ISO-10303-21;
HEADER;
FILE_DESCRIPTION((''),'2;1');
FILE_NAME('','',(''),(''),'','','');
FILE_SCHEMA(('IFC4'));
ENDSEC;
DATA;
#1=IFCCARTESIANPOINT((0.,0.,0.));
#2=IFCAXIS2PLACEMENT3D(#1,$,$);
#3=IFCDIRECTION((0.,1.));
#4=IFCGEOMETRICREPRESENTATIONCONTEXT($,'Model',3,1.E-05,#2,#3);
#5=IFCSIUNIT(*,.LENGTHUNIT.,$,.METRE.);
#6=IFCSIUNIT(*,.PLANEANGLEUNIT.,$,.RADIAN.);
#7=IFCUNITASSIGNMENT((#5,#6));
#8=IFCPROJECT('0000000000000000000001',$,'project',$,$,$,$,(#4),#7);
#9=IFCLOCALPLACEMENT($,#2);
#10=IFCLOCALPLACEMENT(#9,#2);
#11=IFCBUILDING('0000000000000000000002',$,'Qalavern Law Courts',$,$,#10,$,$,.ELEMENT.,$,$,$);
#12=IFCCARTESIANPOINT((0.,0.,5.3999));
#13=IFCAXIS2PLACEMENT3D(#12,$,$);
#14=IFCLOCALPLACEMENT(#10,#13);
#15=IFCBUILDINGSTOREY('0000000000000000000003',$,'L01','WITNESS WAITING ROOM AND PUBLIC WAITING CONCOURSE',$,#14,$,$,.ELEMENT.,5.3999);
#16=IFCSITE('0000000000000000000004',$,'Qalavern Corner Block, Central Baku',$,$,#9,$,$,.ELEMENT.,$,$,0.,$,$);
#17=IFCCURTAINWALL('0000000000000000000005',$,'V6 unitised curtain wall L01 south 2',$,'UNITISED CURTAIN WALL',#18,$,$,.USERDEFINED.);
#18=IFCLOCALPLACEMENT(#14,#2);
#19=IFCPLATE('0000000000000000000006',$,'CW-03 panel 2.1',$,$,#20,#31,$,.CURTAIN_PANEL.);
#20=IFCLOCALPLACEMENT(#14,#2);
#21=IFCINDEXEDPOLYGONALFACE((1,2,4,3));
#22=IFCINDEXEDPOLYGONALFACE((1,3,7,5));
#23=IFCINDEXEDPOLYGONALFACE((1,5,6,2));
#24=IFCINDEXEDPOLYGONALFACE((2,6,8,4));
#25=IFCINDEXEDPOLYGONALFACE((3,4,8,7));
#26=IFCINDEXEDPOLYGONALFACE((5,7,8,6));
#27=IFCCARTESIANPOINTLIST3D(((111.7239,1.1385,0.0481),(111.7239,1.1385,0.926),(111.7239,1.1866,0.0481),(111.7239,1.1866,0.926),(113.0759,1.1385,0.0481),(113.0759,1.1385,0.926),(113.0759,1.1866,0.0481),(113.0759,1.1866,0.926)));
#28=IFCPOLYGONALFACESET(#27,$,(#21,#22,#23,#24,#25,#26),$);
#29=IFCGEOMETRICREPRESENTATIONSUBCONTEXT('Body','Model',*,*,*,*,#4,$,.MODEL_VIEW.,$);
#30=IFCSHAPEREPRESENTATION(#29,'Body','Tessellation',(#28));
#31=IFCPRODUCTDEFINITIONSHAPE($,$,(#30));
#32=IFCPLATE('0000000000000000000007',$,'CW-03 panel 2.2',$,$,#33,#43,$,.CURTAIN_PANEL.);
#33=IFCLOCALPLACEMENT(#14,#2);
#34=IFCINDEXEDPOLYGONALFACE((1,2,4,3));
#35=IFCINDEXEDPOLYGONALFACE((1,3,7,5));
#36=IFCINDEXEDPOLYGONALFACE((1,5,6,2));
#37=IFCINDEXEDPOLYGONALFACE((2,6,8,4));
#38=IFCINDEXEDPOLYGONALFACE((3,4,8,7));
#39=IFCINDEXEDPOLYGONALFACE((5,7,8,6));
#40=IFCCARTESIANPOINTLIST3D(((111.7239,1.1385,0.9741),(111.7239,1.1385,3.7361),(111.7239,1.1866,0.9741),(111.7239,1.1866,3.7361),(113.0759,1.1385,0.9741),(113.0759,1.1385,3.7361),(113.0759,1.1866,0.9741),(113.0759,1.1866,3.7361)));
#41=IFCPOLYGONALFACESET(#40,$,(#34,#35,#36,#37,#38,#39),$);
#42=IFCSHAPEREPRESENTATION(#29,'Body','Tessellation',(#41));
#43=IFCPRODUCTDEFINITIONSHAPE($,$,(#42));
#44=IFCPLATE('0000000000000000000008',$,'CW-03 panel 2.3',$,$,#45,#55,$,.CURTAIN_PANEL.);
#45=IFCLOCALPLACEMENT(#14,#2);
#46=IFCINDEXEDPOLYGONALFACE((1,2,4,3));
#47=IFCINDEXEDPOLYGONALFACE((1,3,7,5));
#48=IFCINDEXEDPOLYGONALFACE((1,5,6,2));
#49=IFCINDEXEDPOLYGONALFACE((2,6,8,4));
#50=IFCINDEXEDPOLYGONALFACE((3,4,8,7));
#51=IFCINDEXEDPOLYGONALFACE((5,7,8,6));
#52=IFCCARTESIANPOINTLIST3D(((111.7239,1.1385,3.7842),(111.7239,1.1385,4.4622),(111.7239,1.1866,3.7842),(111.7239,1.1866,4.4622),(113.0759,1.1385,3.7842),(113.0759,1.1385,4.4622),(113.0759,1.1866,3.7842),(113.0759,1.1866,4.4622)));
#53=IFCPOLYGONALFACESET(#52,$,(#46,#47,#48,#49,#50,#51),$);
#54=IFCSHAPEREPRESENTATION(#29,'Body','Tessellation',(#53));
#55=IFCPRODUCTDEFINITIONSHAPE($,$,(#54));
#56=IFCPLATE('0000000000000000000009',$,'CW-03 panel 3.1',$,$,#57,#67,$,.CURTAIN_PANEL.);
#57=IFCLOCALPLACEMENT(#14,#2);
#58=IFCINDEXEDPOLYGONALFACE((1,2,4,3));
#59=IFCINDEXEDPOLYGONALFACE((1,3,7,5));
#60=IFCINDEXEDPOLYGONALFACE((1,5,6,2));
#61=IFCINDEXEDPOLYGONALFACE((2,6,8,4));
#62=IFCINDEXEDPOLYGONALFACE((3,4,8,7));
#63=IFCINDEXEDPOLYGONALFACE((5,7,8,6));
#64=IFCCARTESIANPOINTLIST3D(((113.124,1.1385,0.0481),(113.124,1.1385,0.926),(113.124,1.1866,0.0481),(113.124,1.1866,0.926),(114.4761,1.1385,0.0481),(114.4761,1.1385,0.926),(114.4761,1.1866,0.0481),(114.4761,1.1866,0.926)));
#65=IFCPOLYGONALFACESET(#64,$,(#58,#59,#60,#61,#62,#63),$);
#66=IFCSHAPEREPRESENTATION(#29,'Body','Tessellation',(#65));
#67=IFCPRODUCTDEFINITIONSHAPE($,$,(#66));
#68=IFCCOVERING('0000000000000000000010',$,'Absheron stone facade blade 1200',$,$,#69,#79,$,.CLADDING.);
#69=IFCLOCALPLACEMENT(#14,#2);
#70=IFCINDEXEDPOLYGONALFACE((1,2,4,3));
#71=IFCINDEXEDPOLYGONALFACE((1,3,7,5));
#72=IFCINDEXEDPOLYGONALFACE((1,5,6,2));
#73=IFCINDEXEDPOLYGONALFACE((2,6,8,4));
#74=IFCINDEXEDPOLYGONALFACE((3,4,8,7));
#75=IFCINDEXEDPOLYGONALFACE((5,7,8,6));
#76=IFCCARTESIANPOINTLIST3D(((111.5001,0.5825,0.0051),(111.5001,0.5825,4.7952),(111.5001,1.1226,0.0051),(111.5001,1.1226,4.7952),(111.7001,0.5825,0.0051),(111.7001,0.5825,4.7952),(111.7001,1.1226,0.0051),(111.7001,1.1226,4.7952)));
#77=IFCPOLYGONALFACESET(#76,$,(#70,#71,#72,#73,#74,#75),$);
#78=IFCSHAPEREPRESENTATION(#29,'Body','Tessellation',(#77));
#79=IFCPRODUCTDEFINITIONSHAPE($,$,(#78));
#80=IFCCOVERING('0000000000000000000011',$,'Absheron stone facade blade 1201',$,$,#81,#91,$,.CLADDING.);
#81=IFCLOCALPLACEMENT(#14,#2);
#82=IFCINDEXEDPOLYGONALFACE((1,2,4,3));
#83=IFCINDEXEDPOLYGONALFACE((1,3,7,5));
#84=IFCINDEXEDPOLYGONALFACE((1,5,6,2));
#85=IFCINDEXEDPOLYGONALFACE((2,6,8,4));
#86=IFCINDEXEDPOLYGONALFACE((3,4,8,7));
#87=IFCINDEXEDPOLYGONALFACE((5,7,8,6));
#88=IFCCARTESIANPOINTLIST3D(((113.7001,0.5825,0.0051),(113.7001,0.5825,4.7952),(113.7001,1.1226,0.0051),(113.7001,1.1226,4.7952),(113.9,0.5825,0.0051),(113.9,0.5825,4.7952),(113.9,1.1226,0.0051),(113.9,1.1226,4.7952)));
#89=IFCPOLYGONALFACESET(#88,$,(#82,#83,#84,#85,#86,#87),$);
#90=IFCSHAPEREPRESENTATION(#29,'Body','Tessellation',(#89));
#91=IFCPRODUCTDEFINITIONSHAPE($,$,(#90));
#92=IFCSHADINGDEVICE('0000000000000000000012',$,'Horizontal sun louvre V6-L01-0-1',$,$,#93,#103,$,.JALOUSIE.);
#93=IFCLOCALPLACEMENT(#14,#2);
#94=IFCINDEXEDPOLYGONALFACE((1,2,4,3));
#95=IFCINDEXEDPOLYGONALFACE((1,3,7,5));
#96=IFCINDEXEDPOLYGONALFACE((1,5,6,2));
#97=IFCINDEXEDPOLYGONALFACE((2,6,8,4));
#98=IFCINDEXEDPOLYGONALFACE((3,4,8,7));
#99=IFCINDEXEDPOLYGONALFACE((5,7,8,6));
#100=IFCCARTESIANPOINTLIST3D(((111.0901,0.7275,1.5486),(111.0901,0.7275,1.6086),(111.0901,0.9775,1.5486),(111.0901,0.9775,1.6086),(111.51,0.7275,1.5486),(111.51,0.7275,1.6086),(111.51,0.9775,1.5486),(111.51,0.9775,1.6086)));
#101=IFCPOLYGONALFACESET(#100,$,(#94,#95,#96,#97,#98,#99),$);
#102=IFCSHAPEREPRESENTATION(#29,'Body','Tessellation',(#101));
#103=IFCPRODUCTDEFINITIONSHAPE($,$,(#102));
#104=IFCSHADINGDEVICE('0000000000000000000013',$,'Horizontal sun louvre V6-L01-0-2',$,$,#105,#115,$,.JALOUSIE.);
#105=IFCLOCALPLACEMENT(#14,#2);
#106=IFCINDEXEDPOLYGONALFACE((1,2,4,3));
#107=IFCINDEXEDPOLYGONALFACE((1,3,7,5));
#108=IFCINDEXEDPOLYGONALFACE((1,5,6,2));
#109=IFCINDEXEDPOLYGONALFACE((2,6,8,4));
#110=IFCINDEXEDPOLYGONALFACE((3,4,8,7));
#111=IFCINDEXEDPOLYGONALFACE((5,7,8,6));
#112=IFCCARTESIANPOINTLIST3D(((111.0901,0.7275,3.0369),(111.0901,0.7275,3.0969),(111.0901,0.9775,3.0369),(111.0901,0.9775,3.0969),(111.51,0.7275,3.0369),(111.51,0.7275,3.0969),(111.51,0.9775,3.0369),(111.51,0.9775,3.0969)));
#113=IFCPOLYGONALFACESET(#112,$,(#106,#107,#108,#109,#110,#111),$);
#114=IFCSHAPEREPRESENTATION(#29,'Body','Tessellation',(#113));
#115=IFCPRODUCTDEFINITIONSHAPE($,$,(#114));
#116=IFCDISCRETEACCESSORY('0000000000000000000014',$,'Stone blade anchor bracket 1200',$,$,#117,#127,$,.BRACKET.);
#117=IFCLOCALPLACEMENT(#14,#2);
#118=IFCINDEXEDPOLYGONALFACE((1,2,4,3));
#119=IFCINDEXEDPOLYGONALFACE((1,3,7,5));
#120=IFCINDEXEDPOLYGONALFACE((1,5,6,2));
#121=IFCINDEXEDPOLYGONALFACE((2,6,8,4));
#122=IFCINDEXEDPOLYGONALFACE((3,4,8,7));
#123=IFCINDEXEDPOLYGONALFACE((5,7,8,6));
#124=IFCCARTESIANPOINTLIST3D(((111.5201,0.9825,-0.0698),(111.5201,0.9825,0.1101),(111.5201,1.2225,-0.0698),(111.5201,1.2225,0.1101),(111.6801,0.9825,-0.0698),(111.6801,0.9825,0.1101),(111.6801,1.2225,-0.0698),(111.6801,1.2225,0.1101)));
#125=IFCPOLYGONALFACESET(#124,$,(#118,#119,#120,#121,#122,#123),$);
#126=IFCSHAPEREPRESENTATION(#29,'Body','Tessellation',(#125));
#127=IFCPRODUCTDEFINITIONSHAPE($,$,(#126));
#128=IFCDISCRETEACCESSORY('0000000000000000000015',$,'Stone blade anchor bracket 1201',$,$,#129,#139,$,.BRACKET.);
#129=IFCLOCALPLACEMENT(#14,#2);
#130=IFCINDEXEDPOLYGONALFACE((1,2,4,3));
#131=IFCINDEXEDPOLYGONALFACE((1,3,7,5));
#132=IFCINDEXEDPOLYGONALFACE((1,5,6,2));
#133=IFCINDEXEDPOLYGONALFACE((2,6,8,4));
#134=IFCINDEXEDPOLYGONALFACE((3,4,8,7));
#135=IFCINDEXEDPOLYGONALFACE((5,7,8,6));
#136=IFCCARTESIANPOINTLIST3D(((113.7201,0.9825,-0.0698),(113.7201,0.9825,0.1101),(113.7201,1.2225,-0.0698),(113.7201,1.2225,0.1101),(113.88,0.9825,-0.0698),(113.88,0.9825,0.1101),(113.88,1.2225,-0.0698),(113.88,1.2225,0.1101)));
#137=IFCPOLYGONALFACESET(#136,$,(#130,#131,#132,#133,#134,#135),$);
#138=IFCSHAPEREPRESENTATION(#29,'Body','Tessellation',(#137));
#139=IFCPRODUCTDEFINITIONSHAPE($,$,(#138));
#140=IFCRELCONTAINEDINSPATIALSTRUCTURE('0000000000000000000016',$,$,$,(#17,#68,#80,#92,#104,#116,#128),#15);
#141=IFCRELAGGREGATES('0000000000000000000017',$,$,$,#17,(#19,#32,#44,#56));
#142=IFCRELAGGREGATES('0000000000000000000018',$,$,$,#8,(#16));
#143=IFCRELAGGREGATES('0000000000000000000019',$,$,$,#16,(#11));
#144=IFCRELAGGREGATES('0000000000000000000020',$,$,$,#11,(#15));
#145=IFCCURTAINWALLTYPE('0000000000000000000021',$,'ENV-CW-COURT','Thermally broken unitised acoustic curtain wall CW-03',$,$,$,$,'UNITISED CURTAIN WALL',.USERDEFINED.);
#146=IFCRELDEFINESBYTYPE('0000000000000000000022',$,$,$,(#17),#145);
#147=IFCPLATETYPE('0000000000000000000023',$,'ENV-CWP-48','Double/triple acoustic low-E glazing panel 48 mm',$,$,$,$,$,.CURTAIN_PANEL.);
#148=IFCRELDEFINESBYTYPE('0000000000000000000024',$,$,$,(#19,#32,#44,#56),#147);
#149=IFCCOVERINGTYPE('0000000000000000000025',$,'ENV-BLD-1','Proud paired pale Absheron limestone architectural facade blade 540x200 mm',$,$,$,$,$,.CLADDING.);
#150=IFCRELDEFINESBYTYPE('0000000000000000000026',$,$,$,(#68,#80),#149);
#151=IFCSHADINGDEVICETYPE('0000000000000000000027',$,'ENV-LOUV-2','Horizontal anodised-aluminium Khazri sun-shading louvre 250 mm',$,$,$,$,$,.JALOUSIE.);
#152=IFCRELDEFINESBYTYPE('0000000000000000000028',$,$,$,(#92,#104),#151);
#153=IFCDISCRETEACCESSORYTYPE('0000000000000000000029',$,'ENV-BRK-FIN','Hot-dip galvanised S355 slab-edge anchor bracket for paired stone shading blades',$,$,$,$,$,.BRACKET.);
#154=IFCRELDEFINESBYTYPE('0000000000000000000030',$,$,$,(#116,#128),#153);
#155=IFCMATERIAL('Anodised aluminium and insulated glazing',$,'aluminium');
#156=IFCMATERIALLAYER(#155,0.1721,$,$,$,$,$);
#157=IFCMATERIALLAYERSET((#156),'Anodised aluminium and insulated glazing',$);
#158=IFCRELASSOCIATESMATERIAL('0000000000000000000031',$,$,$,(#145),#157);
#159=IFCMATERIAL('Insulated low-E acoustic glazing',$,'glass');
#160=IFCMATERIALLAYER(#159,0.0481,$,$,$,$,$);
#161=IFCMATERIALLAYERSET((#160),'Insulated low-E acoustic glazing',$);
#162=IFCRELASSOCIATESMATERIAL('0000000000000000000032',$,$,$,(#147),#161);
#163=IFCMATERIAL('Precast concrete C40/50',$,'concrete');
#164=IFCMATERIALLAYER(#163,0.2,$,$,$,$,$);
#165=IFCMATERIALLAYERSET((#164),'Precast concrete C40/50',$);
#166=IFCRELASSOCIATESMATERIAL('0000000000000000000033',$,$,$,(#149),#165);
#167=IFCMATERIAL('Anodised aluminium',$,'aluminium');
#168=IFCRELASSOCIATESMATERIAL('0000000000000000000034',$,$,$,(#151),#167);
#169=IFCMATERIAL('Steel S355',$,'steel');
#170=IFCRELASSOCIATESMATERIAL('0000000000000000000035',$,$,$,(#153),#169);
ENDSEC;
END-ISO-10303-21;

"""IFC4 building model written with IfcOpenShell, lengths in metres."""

from ifc_helpers import new_model, si_unit, direction, frame, origin, origin_2d, place, context, subcontext, project, spatial, rectangle, extrude, material, layer, layer_set, type_object, element, aggregate, save


model = new_model("IFC4")

# Units and contexts
model_context = context("Model", 3, precision=1e-05, world=origin(), true_north=direction((0.0, 1.0)))
body_context = subcontext(model_context, "Body", "Model", "MODEL_VIEW")
ifc_project = project(units=[si_unit("LENGTHUNIT", "METRE"), si_unit("PLANEANGLEUNIT", "RADIAN")], contexts=[model_context])

# Site, building, storey
site_placement = place(None, origin())
site = spatial("IfcSite", under=ifc_project, at=site_placement, Name="Qalavern Corner Block, Central Baku", CompositionType="ELEMENT", RefElevation=0.0)
building_placement = place(site_placement, origin())
building = spatial("IfcBuilding", under=site, at=building_placement, Name="Qalavern Law Courts", CompositionType="ELEMENT")
storey_placement = place(building_placement, frame((0.0, 0.0, 5.3999)))
storey = spatial("IfcBuildingStorey", under=building, at=storey_placement, Name="L01", Description="WITNESS WAITING ROOM AND PUBLIC WAITING CONCOURSE", CompositionType="ELEMENT", Elevation=5.3999)

# Curtain wall, plates
ifc_material_1 = material(Name="Anodised aluminium and insulated glazing", Category="aluminium")
ifc_layer_1 = layer(ifc_material_1, 0.1721)
ifc_layer_set_1 = layer_set([ifc_layer_1], Name="Anodised aluminium and insulated glazing")
curtain_wall_type = type_object("IfcCurtainWallType", Name="ENV-CW-COURT", Description="Thermally broken unitised acoustic curtain wall CW-03", ElementType="UNITISED CURTAIN WALL", PredefinedType="USERDEFINED", material=ifc_layer_set_1)
curtain_wall_placement = place(storey_placement, origin())
curtain_wall = element("IfcCurtainWall", 1, at=curtain_wall_placement, inside=storey, type_object=curtain_wall_type, Name="V6 unitised curtain wall L01 south 2", ObjectType="UNITISED CURTAIN WALL", PredefinedType="USERDEFINED")
ifc_material_2 = material(Name="Anodised aluminium", Category="aluminium")
ifc_material_3 = material(Name="Insulated low-E acoustic glazing", Category="glass")
ifc_layer_2 = layer(ifc_material_3, 0.0481)
ifc_layer_set_2 = layer_set([ifc_layer_2], Name="Insulated low-E acoustic glazing")
plate_type = type_object("IfcPlateType", Name="ENV-CWP-48", Description="Double/triple acoustic low-E glazing panel 48 mm", PredefinedType="CURTAIN_PANEL", material=ifc_layer_set_2)
plate_1_placement = place(storey_placement, frame((112.3999, 1.1626, 0.0481), z_axis=(0.0, 0.0, 1.0), x_axis=(1.0, 0.0, 0.0)))
plate_1 = element("IfcPlate", 2, at=plate_1_placement, type_object=plate_type, Name="CW-03 panel 2.1", PredefinedType="CURTAIN_PANEL", context=body_context, shape_type="SweptSolid", body=[
    extrude(rectangle(XDim=1.3521, YDim=0.0481, at=origin_2d()), origin(), (0.0, 0.0, 1.0), 0.8779),
])
plate_2_placement = place(storey_placement, frame((112.3999, 1.1626, 0.9741), z_axis=(0.0, 0.0, 1.0), x_axis=(1.0, 0.0, 0.0)))
plate_2 = element("IfcPlate", 3, at=plate_2_placement, type_object=plate_type, Name="CW-03 panel 2.2", PredefinedType="CURTAIN_PANEL", context=body_context, shape_type="SweptSolid", body=[
    extrude(rectangle(XDim=1.3521, YDim=0.0481, at=origin_2d()), origin(), (0.0, 0.0, 1.0), 2.762),
])
plate_3_placement = place(storey_placement, frame((112.3999, 1.1626, 3.7842), z_axis=(0.0, 0.0, 1.0), x_axis=(1.0, 0.0, 0.0)))
plate_3 = element("IfcPlate", 4, at=plate_3_placement, type_object=plate_type, Name="CW-03 panel 2.3", PredefinedType="CURTAIN_PANEL", context=body_context, shape_type="SweptSolid", body=[
    extrude(rectangle(XDim=1.3521, YDim=0.0481, at=origin_2d()), origin(), (0.0, 0.0, 1.0), 0.678),
])
plate_4_placement = place(storey_placement, frame((113.8, 1.1626, 0.0481), z_axis=(0.0, 0.0, 1.0), x_axis=(1.0, 0.0, 0.0)))
plate_4 = element("IfcPlate", 5, at=plate_4_placement, type_object=plate_type, Name="CW-03 panel 3.1", PredefinedType="CURTAIN_PANEL", context=body_context, shape_type="SweptSolid", body=[
    extrude(rectangle(XDim=1.3521, YDim=0.0481, at=origin_2d()), origin(), (0.0, 0.0, 1.0), 0.8779),
])
aggregate(curtain_wall, [plate_1, plate_2, plate_3, plate_4])

# Coverings
ifc_material_4 = material(Name="Precast concrete C40/50", Category="concrete")
ifc_layer_3 = layer(ifc_material_4, 0.2)
ifc_layer_set_3 = layer_set([ifc_layer_3], Name="Precast concrete C40/50")
covering_type = type_object("IfcCoveringType", Name="ENV-BLD-1", Description="Proud paired pale Absheron limestone architectural facade blade 540x200 mm", PredefinedType="CLADDING", material=ifc_layer_set_3)
for number, where, z_axis, x_axis, name in (
    (6, (111.6001, 0.8525, 0.0051), (0.0, 0.0, 1.0), (0.0, -1.0, 0.0), "Absheron stone facade blade 1200"),
    (7, (113.8, 0.8525, 0.0051), (0.0, 0.0, 1.0), (0.0, -1.0, 0.0), "Absheron stone facade blade 1201"),
):
    element("IfcCovering", number, at=place(storey_placement, frame(where, z_axis=z_axis, x_axis=x_axis)), inside=storey, type_object=covering_type, Name=name, PredefinedType="CLADDING", context=body_context, shape_type="SweptSolid", body=[
        extrude(rectangle(XDim=0.54, YDim=0.2, at=origin_2d()), origin(), (0.0, 0.0, 1.0), 4.79),
    ])

# Shading devices
shading_device_type = type_object("IfcShadingDeviceType", Name="ENV-LOUV-2", Description="Horizontal anodised-aluminium Khazri sun-shading louvre 250 mm", PredefinedType="JALOUSIE", material=ifc_material_2)
for number, where, z_axis, x_axis, name in (
    (8, (111.3, 0.8525, 1.5486), (0.0, 0.0, 1.0), (1.0, 0.0, 0.0), "Horizontal sun louvre V6-L01-0-1"),
    (9, (111.3, 0.8525, 3.0369), (0.0, 0.0, 1.0), (1.0, 0.0, 0.0), "Horizontal sun louvre V6-L01-0-2"),
):
    element("IfcShadingDevice", number, at=place(storey_placement, frame(where, z_axis=z_axis, x_axis=x_axis)), inside=storey, type_object=shading_device_type, Name=name, PredefinedType="JALOUSIE", context=body_context, shape_type="SweptSolid", body=[
        extrude(rectangle(XDim=0.4199, YDim=0.25, at=origin_2d()), origin(), (0.0, 0.0, 1.0), 0.0601),
    ])

# Discrete accessories
ifc_material_5 = material(Name="Steel S355", Category="steel")
discrete_accessory_type = type_object("IfcDiscreteAccessoryType", Name="ENV-BRK-FIN", Description="Hot-dip galvanised S355 slab-edge anchor bracket for paired stone shading blades", PredefinedType="BRACKET", material=ifc_material_5)
for number, where, z_axis, x_axis, name in (
    (10, (111.6001, 1.1025, -0.0698), (0.0, 0.0, 1.0), (0.0, -1.0, 0.0), "Stone blade anchor bracket 1200"),
    (11, (113.8, 1.1025, -0.0698), (0.0, 0.0, 1.0), (0.0, -1.0, 0.0), "Stone blade anchor bracket 1201"),
):
    element("IfcDiscreteAccessory", number, at=place(storey_placement, frame(where, z_axis=z_axis, x_axis=x_axis)), inside=storey, type_object=discrete_accessory_type, Name=name, PredefinedType="BRACKET", context=body_context, shape_type="SweptSolid", body=[
        extrude(rectangle(XDim=0.24, YDim=0.1599, at=origin_2d()), origin(), (0.0, 0.0, 1.0), 0.1799),
    ])

save(model, "model.ifc")
